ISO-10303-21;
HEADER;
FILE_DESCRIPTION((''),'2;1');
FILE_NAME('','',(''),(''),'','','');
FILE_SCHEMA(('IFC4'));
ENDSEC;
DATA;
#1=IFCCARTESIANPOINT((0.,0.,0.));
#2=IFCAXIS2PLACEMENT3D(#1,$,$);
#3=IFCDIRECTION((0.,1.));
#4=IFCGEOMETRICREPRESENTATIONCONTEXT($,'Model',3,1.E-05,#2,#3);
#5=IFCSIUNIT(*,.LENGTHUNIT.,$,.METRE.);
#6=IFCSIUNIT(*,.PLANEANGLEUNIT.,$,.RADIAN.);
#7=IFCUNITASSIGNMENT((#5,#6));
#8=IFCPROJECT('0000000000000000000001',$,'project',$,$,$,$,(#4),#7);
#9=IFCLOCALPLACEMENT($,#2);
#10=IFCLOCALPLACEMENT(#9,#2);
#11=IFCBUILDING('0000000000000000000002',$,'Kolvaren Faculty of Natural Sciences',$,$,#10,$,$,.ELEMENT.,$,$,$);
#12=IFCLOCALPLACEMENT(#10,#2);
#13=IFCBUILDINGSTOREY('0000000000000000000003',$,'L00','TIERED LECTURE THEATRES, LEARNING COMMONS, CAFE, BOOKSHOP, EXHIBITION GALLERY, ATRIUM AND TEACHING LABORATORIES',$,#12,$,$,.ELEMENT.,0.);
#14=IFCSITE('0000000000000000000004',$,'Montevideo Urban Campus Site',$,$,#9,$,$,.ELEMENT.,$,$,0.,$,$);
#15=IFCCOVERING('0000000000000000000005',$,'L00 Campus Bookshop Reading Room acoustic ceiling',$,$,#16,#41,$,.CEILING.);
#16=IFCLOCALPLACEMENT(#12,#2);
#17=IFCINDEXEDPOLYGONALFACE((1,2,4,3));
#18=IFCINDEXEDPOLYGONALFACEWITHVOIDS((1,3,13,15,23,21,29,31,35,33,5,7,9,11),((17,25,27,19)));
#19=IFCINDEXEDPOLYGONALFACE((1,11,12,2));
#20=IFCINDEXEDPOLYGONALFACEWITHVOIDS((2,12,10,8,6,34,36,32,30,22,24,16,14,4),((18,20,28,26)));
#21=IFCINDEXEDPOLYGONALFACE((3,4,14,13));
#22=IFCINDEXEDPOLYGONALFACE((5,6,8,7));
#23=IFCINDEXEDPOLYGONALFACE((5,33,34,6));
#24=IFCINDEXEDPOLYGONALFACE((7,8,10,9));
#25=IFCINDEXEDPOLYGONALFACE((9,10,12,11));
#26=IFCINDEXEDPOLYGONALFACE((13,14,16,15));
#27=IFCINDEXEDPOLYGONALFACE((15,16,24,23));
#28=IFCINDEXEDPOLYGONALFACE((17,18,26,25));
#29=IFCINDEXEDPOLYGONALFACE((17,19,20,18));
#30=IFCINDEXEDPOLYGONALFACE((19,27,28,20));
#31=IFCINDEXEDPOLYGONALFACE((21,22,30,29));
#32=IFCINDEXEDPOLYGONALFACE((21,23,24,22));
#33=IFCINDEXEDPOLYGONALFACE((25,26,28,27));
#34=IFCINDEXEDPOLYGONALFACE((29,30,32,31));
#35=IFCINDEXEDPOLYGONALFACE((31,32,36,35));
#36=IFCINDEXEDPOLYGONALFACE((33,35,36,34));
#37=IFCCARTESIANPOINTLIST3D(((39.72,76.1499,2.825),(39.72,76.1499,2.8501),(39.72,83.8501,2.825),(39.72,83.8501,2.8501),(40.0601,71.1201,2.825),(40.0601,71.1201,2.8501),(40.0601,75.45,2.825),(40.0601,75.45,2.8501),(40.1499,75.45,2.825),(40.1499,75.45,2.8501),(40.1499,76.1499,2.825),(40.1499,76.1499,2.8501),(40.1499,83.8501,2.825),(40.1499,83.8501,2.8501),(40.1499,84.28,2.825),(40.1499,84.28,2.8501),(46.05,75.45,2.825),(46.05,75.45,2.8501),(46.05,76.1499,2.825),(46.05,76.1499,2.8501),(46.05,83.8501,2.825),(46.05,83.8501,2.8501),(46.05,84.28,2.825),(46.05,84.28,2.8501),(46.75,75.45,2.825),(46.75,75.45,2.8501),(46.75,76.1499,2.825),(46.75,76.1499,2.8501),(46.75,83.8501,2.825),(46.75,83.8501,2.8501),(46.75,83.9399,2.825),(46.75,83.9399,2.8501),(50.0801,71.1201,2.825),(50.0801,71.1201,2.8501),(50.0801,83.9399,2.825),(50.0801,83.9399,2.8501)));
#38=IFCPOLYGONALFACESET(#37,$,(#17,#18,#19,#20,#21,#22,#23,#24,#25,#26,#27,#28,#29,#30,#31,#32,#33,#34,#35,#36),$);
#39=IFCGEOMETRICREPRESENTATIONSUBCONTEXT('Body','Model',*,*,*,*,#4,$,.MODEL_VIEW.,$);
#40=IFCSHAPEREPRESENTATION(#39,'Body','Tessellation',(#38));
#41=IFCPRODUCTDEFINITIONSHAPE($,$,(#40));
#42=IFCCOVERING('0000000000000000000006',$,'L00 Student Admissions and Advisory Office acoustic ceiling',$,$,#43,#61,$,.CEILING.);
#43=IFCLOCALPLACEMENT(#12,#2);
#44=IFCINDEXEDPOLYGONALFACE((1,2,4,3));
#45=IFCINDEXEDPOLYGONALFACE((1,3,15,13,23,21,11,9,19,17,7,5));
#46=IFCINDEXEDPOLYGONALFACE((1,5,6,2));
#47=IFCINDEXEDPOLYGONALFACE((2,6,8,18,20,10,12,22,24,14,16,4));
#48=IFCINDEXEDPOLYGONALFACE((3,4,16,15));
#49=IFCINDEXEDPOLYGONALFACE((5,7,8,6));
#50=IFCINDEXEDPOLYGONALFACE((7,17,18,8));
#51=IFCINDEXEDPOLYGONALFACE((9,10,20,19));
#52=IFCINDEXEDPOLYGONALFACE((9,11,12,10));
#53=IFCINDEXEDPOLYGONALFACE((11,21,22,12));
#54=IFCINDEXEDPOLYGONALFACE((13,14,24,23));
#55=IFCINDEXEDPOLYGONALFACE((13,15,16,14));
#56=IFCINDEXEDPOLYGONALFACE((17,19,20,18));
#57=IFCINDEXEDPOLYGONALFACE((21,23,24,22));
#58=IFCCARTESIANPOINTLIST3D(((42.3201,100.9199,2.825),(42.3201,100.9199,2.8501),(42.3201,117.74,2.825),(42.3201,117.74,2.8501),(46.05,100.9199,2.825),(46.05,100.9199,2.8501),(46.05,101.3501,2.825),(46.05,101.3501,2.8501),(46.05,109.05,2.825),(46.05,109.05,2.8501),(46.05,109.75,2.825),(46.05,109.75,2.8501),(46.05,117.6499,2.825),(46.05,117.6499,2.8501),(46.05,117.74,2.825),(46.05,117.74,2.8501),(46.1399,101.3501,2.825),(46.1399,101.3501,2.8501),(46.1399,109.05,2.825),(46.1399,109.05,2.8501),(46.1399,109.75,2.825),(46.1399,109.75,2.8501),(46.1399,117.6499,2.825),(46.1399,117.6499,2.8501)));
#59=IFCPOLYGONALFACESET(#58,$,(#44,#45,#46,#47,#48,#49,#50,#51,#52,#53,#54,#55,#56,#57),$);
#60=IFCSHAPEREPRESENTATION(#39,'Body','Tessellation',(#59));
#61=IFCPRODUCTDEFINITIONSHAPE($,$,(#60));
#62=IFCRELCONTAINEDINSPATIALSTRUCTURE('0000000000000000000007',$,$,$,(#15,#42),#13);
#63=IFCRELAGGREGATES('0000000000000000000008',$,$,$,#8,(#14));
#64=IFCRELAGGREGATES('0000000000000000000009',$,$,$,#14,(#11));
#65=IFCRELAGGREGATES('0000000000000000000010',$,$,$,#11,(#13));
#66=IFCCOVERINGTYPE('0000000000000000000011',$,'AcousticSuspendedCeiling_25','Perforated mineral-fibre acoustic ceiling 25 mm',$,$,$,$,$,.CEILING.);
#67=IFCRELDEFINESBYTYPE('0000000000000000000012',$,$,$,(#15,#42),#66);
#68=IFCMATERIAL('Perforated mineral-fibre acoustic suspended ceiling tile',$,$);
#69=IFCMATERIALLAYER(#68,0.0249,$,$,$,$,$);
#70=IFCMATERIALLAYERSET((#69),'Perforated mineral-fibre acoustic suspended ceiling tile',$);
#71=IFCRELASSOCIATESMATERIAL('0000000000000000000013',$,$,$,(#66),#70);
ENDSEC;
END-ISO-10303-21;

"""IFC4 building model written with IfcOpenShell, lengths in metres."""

from ifc_helpers import new_model, si_unit, direction, frame, origin, place, context, subcontext, project, spatial, polyline, outline, extrude, material, layer, layer_set, type_object, element, save


model = new_model("IFC4")

# Units and contexts
model_context = context("Model", 3, precision=1e-05, world=origin(), true_north=direction((0.0, 1.0)))
body_context = subcontext(model_context, "Body", "Model", "MODEL_VIEW")
ifc_project = project(units=[si_unit("LENGTHUNIT", "METRE"), si_unit("PLANEANGLEUNIT", "RADIAN")], contexts=[model_context])

# Site, building, storey
site_placement = place(None, origin())
site = spatial("IfcSite", under=ifc_project, at=site_placement, Name="Montevideo Urban Campus Site", CompositionType="ELEMENT", RefElevation=0.0)
building_placement = place(site_placement, origin())
building = spatial("IfcBuilding", under=site, at=building_placement, Name="Kolvaren Faculty of Natural Sciences", CompositionType="ELEMENT")
storey_placement = place(building_placement, origin())
storey = spatial("IfcBuildingStorey", under=building, at=storey_placement, Name="L00", Description="TIERED LECTURE THEATRES, LEARNING COMMONS, CAFE, BOOKSHOP, EXHIBITION GALLERY, ATRIUM AND TEACHING LABORATORIES", CompositionType="ELEMENT", Elevation=0.0)

# Coverings
ifc_material_1 = material(Name="Perforated mineral-fibre acoustic suspended ceiling tile")
ifc_layer_1 = layer(ifc_material_1, 0.0249)
ifc_layer_set_1 = layer_set([ifc_layer_1], Name="Perforated mineral-fibre acoustic suspended ceiling tile")
covering_type = type_object("IfcCoveringType", Name="AcousticSuspendedCeiling_25", Description="Perforated mineral-fibre acoustic ceiling 25 mm", PredefinedType="CEILING", material=ifc_layer_set_1)
covering_1_placement = place(storey_placement, frame((0.0, 0.0, 2.825)))
element("IfcCovering", 1, at=covering_1_placement, inside=storey, type_object=covering_type, Name="L00 Campus Bookshop Reading Room acoustic ceiling", PredefinedType="CEILING", context=body_context, shape_type="SweptSolid", body=[
    extrude(outline(polyline([(39.72, 83.8501), (40.1499, 83.8501), (40.1499, 84.28), (46.05, 84.28), (46.05, 83.8501), (46.75, 83.8501), (46.75, 83.9399), (50.0801, 83.9399), (50.0801, 71.1201), (40.0601, 71.1201), (40.0601, 75.45), (40.1499, 75.45), (40.1499, 76.1499), (39.72, 76.1499), (39.72, 83.8501)]), holes=[polyline([(46.75, 76.1499), (46.05, 76.1499), (46.05, 75.45), (46.75, 75.45), (46.75, 76.1499)])]), origin(), (0.0, 0.0, 1.0), 0.0251),
])
covering_2_placement = place(storey_placement, frame((0.0, 0.0, 2.825)))
element("IfcCovering", 2, at=covering_2_placement, inside=storey, type_object=covering_type, Name="L00 Student Admissions and Advisory Office acoustic ceiling", PredefinedType="CEILING", context=body_context, shape_type="SweptSolid", body=[
    extrude(outline(polyline([(46.1399, 109.75), (46.05, 109.75), (46.05, 109.05), (46.1399, 109.05), (46.1399, 101.3501), (46.05, 101.3501), (46.05, 100.9199), (42.3201, 100.9199), (42.3201, 117.74), (46.05, 117.74), (46.05, 117.6499), (46.1399, 117.6499), (46.1399, 109.75)])), origin(), (0.0, 0.0, 1.0), 0.0251),
])

save(model, "model.ifc")
